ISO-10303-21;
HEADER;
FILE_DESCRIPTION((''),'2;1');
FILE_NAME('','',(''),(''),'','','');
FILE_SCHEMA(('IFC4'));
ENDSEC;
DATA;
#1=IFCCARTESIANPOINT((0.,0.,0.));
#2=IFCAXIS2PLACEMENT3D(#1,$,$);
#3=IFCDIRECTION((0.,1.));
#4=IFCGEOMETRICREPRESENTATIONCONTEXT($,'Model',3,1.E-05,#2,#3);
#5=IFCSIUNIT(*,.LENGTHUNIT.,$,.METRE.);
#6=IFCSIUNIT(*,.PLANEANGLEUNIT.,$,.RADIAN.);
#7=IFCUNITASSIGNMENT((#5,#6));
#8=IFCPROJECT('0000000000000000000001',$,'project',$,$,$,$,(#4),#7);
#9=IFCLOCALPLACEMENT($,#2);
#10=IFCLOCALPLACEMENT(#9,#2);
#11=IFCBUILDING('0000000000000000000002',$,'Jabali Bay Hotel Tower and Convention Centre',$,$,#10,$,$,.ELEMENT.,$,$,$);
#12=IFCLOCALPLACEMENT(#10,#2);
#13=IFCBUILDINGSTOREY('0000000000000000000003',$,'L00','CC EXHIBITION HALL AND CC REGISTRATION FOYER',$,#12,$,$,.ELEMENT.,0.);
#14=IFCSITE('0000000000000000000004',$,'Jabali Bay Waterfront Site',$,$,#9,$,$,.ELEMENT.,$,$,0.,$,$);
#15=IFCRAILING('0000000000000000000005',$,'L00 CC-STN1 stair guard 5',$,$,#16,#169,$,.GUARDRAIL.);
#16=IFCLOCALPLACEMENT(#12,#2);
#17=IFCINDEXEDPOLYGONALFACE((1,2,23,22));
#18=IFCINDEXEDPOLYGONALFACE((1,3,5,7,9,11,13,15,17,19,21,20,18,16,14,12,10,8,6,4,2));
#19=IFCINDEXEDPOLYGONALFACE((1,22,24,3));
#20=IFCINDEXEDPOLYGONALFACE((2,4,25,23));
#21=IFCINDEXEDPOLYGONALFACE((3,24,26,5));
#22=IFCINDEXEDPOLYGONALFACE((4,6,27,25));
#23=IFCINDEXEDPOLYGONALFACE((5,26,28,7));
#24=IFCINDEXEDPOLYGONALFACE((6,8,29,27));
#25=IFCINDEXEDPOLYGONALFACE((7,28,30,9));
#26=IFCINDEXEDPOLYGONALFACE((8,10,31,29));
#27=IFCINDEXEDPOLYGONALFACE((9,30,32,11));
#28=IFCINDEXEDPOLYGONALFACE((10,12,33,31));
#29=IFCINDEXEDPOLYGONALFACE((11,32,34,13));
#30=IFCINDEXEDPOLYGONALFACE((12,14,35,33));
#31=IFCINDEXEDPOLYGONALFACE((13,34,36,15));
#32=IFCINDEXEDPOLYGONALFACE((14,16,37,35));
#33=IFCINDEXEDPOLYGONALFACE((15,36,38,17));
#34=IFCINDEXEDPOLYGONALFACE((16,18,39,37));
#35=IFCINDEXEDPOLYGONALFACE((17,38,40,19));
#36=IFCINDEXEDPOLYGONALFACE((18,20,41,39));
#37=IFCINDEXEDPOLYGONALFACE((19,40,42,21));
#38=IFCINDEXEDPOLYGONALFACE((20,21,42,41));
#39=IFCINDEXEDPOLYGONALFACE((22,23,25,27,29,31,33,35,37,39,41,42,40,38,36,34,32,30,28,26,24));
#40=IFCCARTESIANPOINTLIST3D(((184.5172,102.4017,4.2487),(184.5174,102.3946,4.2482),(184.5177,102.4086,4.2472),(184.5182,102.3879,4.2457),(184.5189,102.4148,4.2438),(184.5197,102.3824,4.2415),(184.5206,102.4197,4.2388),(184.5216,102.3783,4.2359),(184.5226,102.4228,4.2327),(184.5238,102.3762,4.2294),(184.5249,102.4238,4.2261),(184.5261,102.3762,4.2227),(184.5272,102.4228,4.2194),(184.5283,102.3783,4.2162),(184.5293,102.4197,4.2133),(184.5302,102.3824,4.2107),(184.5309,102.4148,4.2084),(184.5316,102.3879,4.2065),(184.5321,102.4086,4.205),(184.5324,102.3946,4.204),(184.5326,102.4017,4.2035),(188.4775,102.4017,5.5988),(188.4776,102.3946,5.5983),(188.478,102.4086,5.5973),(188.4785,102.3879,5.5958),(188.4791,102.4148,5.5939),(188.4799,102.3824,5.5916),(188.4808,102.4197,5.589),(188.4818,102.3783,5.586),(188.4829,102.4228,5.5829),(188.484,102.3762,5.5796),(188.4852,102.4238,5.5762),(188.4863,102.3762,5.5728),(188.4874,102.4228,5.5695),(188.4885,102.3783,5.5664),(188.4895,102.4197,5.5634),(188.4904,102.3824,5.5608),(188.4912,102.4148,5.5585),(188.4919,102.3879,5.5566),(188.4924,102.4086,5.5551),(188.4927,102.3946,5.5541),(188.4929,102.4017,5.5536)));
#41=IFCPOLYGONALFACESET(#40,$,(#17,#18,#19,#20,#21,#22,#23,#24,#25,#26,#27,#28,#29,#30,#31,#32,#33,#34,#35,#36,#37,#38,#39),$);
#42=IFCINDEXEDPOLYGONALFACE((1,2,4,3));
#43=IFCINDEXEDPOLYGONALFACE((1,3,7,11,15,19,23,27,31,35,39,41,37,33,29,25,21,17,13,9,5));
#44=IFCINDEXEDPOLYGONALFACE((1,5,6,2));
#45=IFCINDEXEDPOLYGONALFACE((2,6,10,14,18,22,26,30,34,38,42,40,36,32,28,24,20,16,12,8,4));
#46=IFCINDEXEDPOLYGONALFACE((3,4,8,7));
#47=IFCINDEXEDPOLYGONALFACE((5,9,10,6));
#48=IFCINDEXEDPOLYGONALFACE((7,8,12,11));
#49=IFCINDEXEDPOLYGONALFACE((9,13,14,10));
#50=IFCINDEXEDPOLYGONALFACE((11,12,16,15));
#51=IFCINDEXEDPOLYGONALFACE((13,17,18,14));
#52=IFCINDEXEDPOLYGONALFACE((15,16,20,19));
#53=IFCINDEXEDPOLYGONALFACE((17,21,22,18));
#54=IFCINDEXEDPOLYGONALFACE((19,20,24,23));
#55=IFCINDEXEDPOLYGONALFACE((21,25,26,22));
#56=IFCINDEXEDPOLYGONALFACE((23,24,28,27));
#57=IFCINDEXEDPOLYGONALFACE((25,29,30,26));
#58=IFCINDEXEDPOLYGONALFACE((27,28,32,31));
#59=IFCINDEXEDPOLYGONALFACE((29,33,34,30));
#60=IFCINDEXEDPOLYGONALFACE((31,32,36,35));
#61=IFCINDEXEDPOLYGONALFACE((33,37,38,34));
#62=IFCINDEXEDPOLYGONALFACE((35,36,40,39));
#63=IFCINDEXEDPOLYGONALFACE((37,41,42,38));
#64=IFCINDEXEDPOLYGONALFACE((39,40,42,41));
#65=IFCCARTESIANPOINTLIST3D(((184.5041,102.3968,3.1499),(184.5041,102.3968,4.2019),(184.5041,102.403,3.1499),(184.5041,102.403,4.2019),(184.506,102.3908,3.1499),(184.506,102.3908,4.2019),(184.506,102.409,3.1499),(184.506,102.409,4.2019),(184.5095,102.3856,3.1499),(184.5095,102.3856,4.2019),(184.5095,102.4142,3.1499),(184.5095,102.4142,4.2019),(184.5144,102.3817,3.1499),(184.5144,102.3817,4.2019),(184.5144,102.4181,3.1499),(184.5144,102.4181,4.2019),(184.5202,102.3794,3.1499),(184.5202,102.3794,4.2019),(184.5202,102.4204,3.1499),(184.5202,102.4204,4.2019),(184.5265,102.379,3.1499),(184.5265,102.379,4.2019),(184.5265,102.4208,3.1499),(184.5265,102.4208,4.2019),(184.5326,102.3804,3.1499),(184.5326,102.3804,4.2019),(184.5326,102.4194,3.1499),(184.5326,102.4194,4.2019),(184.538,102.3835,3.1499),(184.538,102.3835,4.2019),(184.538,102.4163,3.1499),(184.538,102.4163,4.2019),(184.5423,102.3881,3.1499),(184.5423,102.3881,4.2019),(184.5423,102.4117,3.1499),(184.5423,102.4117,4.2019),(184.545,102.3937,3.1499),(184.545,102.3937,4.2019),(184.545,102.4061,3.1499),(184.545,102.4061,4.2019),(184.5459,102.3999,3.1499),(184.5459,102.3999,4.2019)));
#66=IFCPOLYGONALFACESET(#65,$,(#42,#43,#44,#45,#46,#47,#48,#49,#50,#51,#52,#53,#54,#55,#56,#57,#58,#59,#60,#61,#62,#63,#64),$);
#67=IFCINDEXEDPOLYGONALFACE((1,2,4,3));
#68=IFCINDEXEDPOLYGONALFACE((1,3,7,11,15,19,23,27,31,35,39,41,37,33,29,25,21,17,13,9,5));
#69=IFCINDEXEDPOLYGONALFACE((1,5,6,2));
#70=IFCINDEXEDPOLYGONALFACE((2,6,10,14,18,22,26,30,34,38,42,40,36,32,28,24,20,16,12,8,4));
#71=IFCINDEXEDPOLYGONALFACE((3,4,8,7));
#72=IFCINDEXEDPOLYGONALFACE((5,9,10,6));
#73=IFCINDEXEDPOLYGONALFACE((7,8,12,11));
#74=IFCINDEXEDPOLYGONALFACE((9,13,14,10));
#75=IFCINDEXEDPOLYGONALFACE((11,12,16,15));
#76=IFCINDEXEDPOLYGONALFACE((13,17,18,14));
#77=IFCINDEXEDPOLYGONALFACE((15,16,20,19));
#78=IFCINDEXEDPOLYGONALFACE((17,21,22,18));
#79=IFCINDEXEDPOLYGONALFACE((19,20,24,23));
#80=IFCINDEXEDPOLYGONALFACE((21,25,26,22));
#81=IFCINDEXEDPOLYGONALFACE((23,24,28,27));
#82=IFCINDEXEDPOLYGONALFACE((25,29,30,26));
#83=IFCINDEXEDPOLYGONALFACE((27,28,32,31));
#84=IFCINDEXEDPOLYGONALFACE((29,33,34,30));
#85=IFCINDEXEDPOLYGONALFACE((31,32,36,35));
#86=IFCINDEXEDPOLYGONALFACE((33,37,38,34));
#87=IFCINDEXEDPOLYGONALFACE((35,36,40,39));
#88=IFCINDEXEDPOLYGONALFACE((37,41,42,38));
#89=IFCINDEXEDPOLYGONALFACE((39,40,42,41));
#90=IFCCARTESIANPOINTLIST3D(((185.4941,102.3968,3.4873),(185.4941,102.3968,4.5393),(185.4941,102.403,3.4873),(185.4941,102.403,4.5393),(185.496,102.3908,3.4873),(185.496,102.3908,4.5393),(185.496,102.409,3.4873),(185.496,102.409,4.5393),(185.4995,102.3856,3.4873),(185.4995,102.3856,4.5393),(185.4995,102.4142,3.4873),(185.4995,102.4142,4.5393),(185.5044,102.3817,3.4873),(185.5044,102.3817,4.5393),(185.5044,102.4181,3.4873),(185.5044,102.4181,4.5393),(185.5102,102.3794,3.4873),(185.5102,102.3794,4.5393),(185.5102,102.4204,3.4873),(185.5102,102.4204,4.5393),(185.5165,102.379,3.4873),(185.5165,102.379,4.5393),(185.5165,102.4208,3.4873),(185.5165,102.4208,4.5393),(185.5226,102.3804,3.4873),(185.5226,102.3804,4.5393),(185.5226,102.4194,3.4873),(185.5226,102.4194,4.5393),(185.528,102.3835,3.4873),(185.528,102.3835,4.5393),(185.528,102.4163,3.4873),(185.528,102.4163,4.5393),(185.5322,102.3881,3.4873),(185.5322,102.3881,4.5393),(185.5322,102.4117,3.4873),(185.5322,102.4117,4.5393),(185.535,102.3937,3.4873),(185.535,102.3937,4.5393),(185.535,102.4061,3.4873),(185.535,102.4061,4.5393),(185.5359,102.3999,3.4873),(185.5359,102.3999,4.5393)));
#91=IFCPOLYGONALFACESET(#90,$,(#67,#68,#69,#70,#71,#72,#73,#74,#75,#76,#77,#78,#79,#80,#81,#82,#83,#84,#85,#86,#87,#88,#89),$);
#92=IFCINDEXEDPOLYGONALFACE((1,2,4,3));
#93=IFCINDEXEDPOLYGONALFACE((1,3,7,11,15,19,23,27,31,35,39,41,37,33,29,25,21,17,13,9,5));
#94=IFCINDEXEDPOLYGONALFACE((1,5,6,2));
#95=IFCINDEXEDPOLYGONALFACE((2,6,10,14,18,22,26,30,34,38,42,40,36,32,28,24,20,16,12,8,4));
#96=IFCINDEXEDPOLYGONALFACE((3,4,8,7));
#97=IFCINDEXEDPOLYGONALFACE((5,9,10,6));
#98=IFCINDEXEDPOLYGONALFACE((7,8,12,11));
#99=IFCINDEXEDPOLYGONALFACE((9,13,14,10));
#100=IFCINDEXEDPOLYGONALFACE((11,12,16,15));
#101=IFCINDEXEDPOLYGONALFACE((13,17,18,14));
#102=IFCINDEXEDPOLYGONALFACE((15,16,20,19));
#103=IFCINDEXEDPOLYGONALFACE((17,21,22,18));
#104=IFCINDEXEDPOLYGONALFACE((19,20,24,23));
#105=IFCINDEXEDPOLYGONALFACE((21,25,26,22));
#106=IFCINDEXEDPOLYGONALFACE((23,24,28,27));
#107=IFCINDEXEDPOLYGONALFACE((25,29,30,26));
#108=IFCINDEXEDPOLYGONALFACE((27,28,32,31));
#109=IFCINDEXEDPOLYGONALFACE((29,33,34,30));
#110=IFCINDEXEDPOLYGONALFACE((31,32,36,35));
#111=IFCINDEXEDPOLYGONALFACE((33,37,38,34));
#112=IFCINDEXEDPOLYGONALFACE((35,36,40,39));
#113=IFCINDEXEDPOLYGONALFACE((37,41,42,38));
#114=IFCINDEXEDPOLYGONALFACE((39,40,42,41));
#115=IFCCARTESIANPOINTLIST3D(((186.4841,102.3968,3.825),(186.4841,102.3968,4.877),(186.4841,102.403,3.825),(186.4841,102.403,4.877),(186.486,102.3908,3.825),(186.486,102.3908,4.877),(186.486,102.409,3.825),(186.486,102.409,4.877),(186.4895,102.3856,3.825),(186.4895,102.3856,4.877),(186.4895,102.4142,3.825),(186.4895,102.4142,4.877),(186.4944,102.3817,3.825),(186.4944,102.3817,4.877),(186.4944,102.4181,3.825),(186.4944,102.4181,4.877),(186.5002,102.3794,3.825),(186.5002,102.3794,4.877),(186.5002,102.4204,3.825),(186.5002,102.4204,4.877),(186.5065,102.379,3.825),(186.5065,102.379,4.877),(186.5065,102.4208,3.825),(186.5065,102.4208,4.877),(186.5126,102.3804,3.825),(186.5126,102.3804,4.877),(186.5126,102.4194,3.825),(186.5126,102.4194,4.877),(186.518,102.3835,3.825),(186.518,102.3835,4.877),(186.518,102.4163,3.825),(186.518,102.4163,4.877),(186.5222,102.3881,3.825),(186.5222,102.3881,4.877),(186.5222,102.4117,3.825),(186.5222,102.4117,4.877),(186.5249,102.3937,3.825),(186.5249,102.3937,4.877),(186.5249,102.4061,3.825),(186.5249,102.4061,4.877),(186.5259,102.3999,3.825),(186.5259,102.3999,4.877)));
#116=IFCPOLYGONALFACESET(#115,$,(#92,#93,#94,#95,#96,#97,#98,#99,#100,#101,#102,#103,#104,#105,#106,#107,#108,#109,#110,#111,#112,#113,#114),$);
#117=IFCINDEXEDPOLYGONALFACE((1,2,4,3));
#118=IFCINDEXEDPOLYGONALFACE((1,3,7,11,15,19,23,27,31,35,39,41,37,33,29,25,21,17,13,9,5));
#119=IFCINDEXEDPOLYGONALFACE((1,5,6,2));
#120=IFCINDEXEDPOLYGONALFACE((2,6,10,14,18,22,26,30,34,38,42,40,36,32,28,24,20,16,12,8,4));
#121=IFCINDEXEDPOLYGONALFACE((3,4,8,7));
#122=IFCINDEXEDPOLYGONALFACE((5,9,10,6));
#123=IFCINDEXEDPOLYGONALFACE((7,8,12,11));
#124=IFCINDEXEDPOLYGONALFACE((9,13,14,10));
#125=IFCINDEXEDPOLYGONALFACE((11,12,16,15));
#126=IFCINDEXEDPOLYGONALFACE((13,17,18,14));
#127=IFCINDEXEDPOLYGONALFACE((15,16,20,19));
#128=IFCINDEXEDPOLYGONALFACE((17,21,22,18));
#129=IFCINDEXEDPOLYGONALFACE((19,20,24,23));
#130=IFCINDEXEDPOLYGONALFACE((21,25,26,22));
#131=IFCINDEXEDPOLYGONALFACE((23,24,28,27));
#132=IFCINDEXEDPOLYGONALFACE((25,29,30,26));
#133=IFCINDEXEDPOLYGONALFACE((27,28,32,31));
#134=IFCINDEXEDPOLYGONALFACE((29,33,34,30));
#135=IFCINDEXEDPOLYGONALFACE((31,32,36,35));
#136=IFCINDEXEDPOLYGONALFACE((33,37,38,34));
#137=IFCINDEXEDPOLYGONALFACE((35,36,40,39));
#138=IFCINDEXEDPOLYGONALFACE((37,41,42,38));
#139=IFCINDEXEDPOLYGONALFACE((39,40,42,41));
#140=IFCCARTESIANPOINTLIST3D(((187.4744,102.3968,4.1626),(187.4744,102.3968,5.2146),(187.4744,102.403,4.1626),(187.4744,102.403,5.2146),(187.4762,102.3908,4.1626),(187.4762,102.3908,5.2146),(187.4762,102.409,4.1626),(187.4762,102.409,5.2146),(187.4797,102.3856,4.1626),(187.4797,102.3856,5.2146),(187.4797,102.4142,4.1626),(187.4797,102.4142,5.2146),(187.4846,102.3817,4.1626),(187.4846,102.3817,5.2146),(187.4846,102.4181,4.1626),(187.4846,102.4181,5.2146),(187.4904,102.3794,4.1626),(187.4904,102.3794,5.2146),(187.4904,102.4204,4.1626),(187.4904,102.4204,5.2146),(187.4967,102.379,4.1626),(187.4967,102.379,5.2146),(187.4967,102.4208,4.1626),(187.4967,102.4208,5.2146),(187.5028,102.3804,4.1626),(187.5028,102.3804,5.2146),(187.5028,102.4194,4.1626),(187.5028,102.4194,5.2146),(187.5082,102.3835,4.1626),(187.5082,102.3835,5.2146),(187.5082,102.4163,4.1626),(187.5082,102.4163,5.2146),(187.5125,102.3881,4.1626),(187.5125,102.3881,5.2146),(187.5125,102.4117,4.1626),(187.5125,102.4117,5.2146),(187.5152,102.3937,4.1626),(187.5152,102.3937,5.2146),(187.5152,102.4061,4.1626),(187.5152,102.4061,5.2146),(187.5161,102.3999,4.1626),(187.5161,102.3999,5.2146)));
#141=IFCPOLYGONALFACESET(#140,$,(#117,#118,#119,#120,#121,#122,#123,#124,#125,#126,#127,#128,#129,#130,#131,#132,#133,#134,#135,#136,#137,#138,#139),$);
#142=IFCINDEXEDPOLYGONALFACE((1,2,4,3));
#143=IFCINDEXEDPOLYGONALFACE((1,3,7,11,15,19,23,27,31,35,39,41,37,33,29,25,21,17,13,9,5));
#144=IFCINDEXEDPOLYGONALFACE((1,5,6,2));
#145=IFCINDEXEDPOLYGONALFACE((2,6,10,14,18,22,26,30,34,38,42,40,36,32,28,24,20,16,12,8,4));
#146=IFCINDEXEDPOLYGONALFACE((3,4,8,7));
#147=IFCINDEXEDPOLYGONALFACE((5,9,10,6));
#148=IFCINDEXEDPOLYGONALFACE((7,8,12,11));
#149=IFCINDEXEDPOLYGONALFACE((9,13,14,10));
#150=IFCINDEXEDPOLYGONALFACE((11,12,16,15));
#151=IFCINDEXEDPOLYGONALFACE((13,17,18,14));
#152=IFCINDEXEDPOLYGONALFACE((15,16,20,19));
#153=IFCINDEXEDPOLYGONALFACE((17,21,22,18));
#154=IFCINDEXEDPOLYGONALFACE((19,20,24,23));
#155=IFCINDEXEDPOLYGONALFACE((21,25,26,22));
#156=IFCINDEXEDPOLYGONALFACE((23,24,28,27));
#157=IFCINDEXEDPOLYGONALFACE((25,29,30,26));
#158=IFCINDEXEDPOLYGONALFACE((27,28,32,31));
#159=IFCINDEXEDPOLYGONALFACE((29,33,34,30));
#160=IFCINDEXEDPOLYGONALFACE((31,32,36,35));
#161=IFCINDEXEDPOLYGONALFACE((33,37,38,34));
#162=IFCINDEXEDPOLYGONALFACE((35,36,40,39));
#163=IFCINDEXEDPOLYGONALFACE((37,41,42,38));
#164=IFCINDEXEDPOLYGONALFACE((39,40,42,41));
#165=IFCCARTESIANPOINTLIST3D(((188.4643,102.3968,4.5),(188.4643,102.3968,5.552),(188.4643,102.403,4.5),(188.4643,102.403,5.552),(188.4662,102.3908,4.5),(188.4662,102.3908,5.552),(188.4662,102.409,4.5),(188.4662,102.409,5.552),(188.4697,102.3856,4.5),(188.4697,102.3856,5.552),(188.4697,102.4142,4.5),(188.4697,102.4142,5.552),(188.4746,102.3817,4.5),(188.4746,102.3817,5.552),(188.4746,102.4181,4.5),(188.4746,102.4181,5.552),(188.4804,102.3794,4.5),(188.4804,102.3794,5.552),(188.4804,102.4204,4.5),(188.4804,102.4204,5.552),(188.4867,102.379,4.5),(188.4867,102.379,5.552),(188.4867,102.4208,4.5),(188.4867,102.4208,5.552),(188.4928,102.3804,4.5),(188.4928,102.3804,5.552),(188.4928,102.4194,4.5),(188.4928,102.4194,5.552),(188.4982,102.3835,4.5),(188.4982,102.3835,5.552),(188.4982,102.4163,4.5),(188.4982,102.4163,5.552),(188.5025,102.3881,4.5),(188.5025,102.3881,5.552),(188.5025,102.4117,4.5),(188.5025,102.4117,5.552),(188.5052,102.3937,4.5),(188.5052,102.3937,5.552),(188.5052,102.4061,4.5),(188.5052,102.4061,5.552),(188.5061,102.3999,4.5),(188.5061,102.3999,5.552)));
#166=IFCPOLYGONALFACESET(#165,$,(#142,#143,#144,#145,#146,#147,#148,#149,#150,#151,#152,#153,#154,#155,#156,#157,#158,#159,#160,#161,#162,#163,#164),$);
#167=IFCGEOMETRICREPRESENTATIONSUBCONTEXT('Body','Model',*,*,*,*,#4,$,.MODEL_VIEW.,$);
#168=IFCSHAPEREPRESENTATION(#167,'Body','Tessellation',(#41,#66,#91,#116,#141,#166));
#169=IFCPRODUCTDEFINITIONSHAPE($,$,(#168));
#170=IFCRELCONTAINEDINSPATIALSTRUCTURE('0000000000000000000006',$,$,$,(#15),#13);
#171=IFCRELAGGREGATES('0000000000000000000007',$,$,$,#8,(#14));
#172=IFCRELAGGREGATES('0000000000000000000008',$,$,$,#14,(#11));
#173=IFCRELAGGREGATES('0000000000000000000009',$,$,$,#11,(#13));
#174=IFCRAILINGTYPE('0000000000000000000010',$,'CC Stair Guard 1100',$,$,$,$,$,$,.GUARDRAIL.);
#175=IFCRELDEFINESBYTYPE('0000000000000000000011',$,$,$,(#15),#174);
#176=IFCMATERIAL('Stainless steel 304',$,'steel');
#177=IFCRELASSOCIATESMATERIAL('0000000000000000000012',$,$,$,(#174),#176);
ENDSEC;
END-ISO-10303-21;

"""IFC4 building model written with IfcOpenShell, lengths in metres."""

from ifc_helpers import new_model, si_unit, direction, frame, origin, origin_2d, place, context, subcontext, project, spatial, circle, extrude, material, type_object, element, save


model = new_model("IFC4")

# Units and contexts
model_context = context("Model", 3, precision=1e-05, world=origin(), true_north=direction((0.0, 1.0)))
body_context = subcontext(model_context, "Body", "Model", "MODEL_VIEW")
ifc_project = project(units=[si_unit("LENGTHUNIT", "METRE"), si_unit("PLANEANGLEUNIT", "RADIAN")], contexts=[model_context])

# Site, building, storey
site_placement = place(None, origin())
site = spatial("IfcSite", under=ifc_project, at=site_placement, Name="Jabali Bay Waterfront Site", CompositionType="ELEMENT", RefElevation=0.0)
building_placement = place(site_placement, origin())
building = spatial("IfcBuilding", under=site, at=building_placement, Name="Jabali Bay Hotel Tower and Convention Centre", CompositionType="ELEMENT")
storey_placement = place(building_placement, origin())
storey = spatial("IfcBuildingStorey", under=building, at=storey_placement, Name="L00", Description="CC EXHIBITION HALL AND CC REGISTRATION FOYER", CompositionType="ELEMENT", Elevation=0.0)

# Railing
ifc_material_1 = material(Name="Stainless steel 304", Category="steel")
railing_type = type_object("IfcRailingType", Name="CC Stair Guard 1100", PredefinedType="GUARDRAIL", material=ifc_material_1)
railing_1_placement = place(storey_placement, frame((184.5249, 102.3999, 3.1499)))
element("IfcRailing", 1, at=railing_1_placement, inside=storey, type_object=railing_type, Name="L00 CC-STN1 stair guard 5", PredefinedType="GUARDRAIL", context=body_context, shape_type="SweptSolid", body=[
    extrude(circle(Radius=0.0239, at=origin_2d()), frame((0.0, 0.0, 1.0762), z_axis=(0.946508, 0.0, 0.32268), x_axis=(0.0, 1.0, 0.0)), (0.0, 0.0, 1.0), 4.1841),
    extrude(circle(Radius=0.021, at=origin_2d()), origin(), (0.0, 0.0, 1.0), 1.052),
    extrude(circle(Radius=0.021, at=origin_2d()), frame((0.99, 0.0, 0.3374)), (0.0, 0.0, 1.0), 1.052),
    extrude(circle(Radius=0.021, at=origin_2d()), frame((1.98, 0.0, 0.675)), (0.0, 0.0, 1.0), 1.052),
    extrude(circle(Radius=0.021, at=origin_2d()), frame((2.9702, 0.0, 1.0127)), (0.0, 0.0, 1.0), 1.052),
    extrude(circle(Radius=0.021, at=origin_2d()), frame((3.9602, 0.0, 1.3501)), (0.0, 0.0, 1.0), 1.052),
])

save(model, "model.ifc")
